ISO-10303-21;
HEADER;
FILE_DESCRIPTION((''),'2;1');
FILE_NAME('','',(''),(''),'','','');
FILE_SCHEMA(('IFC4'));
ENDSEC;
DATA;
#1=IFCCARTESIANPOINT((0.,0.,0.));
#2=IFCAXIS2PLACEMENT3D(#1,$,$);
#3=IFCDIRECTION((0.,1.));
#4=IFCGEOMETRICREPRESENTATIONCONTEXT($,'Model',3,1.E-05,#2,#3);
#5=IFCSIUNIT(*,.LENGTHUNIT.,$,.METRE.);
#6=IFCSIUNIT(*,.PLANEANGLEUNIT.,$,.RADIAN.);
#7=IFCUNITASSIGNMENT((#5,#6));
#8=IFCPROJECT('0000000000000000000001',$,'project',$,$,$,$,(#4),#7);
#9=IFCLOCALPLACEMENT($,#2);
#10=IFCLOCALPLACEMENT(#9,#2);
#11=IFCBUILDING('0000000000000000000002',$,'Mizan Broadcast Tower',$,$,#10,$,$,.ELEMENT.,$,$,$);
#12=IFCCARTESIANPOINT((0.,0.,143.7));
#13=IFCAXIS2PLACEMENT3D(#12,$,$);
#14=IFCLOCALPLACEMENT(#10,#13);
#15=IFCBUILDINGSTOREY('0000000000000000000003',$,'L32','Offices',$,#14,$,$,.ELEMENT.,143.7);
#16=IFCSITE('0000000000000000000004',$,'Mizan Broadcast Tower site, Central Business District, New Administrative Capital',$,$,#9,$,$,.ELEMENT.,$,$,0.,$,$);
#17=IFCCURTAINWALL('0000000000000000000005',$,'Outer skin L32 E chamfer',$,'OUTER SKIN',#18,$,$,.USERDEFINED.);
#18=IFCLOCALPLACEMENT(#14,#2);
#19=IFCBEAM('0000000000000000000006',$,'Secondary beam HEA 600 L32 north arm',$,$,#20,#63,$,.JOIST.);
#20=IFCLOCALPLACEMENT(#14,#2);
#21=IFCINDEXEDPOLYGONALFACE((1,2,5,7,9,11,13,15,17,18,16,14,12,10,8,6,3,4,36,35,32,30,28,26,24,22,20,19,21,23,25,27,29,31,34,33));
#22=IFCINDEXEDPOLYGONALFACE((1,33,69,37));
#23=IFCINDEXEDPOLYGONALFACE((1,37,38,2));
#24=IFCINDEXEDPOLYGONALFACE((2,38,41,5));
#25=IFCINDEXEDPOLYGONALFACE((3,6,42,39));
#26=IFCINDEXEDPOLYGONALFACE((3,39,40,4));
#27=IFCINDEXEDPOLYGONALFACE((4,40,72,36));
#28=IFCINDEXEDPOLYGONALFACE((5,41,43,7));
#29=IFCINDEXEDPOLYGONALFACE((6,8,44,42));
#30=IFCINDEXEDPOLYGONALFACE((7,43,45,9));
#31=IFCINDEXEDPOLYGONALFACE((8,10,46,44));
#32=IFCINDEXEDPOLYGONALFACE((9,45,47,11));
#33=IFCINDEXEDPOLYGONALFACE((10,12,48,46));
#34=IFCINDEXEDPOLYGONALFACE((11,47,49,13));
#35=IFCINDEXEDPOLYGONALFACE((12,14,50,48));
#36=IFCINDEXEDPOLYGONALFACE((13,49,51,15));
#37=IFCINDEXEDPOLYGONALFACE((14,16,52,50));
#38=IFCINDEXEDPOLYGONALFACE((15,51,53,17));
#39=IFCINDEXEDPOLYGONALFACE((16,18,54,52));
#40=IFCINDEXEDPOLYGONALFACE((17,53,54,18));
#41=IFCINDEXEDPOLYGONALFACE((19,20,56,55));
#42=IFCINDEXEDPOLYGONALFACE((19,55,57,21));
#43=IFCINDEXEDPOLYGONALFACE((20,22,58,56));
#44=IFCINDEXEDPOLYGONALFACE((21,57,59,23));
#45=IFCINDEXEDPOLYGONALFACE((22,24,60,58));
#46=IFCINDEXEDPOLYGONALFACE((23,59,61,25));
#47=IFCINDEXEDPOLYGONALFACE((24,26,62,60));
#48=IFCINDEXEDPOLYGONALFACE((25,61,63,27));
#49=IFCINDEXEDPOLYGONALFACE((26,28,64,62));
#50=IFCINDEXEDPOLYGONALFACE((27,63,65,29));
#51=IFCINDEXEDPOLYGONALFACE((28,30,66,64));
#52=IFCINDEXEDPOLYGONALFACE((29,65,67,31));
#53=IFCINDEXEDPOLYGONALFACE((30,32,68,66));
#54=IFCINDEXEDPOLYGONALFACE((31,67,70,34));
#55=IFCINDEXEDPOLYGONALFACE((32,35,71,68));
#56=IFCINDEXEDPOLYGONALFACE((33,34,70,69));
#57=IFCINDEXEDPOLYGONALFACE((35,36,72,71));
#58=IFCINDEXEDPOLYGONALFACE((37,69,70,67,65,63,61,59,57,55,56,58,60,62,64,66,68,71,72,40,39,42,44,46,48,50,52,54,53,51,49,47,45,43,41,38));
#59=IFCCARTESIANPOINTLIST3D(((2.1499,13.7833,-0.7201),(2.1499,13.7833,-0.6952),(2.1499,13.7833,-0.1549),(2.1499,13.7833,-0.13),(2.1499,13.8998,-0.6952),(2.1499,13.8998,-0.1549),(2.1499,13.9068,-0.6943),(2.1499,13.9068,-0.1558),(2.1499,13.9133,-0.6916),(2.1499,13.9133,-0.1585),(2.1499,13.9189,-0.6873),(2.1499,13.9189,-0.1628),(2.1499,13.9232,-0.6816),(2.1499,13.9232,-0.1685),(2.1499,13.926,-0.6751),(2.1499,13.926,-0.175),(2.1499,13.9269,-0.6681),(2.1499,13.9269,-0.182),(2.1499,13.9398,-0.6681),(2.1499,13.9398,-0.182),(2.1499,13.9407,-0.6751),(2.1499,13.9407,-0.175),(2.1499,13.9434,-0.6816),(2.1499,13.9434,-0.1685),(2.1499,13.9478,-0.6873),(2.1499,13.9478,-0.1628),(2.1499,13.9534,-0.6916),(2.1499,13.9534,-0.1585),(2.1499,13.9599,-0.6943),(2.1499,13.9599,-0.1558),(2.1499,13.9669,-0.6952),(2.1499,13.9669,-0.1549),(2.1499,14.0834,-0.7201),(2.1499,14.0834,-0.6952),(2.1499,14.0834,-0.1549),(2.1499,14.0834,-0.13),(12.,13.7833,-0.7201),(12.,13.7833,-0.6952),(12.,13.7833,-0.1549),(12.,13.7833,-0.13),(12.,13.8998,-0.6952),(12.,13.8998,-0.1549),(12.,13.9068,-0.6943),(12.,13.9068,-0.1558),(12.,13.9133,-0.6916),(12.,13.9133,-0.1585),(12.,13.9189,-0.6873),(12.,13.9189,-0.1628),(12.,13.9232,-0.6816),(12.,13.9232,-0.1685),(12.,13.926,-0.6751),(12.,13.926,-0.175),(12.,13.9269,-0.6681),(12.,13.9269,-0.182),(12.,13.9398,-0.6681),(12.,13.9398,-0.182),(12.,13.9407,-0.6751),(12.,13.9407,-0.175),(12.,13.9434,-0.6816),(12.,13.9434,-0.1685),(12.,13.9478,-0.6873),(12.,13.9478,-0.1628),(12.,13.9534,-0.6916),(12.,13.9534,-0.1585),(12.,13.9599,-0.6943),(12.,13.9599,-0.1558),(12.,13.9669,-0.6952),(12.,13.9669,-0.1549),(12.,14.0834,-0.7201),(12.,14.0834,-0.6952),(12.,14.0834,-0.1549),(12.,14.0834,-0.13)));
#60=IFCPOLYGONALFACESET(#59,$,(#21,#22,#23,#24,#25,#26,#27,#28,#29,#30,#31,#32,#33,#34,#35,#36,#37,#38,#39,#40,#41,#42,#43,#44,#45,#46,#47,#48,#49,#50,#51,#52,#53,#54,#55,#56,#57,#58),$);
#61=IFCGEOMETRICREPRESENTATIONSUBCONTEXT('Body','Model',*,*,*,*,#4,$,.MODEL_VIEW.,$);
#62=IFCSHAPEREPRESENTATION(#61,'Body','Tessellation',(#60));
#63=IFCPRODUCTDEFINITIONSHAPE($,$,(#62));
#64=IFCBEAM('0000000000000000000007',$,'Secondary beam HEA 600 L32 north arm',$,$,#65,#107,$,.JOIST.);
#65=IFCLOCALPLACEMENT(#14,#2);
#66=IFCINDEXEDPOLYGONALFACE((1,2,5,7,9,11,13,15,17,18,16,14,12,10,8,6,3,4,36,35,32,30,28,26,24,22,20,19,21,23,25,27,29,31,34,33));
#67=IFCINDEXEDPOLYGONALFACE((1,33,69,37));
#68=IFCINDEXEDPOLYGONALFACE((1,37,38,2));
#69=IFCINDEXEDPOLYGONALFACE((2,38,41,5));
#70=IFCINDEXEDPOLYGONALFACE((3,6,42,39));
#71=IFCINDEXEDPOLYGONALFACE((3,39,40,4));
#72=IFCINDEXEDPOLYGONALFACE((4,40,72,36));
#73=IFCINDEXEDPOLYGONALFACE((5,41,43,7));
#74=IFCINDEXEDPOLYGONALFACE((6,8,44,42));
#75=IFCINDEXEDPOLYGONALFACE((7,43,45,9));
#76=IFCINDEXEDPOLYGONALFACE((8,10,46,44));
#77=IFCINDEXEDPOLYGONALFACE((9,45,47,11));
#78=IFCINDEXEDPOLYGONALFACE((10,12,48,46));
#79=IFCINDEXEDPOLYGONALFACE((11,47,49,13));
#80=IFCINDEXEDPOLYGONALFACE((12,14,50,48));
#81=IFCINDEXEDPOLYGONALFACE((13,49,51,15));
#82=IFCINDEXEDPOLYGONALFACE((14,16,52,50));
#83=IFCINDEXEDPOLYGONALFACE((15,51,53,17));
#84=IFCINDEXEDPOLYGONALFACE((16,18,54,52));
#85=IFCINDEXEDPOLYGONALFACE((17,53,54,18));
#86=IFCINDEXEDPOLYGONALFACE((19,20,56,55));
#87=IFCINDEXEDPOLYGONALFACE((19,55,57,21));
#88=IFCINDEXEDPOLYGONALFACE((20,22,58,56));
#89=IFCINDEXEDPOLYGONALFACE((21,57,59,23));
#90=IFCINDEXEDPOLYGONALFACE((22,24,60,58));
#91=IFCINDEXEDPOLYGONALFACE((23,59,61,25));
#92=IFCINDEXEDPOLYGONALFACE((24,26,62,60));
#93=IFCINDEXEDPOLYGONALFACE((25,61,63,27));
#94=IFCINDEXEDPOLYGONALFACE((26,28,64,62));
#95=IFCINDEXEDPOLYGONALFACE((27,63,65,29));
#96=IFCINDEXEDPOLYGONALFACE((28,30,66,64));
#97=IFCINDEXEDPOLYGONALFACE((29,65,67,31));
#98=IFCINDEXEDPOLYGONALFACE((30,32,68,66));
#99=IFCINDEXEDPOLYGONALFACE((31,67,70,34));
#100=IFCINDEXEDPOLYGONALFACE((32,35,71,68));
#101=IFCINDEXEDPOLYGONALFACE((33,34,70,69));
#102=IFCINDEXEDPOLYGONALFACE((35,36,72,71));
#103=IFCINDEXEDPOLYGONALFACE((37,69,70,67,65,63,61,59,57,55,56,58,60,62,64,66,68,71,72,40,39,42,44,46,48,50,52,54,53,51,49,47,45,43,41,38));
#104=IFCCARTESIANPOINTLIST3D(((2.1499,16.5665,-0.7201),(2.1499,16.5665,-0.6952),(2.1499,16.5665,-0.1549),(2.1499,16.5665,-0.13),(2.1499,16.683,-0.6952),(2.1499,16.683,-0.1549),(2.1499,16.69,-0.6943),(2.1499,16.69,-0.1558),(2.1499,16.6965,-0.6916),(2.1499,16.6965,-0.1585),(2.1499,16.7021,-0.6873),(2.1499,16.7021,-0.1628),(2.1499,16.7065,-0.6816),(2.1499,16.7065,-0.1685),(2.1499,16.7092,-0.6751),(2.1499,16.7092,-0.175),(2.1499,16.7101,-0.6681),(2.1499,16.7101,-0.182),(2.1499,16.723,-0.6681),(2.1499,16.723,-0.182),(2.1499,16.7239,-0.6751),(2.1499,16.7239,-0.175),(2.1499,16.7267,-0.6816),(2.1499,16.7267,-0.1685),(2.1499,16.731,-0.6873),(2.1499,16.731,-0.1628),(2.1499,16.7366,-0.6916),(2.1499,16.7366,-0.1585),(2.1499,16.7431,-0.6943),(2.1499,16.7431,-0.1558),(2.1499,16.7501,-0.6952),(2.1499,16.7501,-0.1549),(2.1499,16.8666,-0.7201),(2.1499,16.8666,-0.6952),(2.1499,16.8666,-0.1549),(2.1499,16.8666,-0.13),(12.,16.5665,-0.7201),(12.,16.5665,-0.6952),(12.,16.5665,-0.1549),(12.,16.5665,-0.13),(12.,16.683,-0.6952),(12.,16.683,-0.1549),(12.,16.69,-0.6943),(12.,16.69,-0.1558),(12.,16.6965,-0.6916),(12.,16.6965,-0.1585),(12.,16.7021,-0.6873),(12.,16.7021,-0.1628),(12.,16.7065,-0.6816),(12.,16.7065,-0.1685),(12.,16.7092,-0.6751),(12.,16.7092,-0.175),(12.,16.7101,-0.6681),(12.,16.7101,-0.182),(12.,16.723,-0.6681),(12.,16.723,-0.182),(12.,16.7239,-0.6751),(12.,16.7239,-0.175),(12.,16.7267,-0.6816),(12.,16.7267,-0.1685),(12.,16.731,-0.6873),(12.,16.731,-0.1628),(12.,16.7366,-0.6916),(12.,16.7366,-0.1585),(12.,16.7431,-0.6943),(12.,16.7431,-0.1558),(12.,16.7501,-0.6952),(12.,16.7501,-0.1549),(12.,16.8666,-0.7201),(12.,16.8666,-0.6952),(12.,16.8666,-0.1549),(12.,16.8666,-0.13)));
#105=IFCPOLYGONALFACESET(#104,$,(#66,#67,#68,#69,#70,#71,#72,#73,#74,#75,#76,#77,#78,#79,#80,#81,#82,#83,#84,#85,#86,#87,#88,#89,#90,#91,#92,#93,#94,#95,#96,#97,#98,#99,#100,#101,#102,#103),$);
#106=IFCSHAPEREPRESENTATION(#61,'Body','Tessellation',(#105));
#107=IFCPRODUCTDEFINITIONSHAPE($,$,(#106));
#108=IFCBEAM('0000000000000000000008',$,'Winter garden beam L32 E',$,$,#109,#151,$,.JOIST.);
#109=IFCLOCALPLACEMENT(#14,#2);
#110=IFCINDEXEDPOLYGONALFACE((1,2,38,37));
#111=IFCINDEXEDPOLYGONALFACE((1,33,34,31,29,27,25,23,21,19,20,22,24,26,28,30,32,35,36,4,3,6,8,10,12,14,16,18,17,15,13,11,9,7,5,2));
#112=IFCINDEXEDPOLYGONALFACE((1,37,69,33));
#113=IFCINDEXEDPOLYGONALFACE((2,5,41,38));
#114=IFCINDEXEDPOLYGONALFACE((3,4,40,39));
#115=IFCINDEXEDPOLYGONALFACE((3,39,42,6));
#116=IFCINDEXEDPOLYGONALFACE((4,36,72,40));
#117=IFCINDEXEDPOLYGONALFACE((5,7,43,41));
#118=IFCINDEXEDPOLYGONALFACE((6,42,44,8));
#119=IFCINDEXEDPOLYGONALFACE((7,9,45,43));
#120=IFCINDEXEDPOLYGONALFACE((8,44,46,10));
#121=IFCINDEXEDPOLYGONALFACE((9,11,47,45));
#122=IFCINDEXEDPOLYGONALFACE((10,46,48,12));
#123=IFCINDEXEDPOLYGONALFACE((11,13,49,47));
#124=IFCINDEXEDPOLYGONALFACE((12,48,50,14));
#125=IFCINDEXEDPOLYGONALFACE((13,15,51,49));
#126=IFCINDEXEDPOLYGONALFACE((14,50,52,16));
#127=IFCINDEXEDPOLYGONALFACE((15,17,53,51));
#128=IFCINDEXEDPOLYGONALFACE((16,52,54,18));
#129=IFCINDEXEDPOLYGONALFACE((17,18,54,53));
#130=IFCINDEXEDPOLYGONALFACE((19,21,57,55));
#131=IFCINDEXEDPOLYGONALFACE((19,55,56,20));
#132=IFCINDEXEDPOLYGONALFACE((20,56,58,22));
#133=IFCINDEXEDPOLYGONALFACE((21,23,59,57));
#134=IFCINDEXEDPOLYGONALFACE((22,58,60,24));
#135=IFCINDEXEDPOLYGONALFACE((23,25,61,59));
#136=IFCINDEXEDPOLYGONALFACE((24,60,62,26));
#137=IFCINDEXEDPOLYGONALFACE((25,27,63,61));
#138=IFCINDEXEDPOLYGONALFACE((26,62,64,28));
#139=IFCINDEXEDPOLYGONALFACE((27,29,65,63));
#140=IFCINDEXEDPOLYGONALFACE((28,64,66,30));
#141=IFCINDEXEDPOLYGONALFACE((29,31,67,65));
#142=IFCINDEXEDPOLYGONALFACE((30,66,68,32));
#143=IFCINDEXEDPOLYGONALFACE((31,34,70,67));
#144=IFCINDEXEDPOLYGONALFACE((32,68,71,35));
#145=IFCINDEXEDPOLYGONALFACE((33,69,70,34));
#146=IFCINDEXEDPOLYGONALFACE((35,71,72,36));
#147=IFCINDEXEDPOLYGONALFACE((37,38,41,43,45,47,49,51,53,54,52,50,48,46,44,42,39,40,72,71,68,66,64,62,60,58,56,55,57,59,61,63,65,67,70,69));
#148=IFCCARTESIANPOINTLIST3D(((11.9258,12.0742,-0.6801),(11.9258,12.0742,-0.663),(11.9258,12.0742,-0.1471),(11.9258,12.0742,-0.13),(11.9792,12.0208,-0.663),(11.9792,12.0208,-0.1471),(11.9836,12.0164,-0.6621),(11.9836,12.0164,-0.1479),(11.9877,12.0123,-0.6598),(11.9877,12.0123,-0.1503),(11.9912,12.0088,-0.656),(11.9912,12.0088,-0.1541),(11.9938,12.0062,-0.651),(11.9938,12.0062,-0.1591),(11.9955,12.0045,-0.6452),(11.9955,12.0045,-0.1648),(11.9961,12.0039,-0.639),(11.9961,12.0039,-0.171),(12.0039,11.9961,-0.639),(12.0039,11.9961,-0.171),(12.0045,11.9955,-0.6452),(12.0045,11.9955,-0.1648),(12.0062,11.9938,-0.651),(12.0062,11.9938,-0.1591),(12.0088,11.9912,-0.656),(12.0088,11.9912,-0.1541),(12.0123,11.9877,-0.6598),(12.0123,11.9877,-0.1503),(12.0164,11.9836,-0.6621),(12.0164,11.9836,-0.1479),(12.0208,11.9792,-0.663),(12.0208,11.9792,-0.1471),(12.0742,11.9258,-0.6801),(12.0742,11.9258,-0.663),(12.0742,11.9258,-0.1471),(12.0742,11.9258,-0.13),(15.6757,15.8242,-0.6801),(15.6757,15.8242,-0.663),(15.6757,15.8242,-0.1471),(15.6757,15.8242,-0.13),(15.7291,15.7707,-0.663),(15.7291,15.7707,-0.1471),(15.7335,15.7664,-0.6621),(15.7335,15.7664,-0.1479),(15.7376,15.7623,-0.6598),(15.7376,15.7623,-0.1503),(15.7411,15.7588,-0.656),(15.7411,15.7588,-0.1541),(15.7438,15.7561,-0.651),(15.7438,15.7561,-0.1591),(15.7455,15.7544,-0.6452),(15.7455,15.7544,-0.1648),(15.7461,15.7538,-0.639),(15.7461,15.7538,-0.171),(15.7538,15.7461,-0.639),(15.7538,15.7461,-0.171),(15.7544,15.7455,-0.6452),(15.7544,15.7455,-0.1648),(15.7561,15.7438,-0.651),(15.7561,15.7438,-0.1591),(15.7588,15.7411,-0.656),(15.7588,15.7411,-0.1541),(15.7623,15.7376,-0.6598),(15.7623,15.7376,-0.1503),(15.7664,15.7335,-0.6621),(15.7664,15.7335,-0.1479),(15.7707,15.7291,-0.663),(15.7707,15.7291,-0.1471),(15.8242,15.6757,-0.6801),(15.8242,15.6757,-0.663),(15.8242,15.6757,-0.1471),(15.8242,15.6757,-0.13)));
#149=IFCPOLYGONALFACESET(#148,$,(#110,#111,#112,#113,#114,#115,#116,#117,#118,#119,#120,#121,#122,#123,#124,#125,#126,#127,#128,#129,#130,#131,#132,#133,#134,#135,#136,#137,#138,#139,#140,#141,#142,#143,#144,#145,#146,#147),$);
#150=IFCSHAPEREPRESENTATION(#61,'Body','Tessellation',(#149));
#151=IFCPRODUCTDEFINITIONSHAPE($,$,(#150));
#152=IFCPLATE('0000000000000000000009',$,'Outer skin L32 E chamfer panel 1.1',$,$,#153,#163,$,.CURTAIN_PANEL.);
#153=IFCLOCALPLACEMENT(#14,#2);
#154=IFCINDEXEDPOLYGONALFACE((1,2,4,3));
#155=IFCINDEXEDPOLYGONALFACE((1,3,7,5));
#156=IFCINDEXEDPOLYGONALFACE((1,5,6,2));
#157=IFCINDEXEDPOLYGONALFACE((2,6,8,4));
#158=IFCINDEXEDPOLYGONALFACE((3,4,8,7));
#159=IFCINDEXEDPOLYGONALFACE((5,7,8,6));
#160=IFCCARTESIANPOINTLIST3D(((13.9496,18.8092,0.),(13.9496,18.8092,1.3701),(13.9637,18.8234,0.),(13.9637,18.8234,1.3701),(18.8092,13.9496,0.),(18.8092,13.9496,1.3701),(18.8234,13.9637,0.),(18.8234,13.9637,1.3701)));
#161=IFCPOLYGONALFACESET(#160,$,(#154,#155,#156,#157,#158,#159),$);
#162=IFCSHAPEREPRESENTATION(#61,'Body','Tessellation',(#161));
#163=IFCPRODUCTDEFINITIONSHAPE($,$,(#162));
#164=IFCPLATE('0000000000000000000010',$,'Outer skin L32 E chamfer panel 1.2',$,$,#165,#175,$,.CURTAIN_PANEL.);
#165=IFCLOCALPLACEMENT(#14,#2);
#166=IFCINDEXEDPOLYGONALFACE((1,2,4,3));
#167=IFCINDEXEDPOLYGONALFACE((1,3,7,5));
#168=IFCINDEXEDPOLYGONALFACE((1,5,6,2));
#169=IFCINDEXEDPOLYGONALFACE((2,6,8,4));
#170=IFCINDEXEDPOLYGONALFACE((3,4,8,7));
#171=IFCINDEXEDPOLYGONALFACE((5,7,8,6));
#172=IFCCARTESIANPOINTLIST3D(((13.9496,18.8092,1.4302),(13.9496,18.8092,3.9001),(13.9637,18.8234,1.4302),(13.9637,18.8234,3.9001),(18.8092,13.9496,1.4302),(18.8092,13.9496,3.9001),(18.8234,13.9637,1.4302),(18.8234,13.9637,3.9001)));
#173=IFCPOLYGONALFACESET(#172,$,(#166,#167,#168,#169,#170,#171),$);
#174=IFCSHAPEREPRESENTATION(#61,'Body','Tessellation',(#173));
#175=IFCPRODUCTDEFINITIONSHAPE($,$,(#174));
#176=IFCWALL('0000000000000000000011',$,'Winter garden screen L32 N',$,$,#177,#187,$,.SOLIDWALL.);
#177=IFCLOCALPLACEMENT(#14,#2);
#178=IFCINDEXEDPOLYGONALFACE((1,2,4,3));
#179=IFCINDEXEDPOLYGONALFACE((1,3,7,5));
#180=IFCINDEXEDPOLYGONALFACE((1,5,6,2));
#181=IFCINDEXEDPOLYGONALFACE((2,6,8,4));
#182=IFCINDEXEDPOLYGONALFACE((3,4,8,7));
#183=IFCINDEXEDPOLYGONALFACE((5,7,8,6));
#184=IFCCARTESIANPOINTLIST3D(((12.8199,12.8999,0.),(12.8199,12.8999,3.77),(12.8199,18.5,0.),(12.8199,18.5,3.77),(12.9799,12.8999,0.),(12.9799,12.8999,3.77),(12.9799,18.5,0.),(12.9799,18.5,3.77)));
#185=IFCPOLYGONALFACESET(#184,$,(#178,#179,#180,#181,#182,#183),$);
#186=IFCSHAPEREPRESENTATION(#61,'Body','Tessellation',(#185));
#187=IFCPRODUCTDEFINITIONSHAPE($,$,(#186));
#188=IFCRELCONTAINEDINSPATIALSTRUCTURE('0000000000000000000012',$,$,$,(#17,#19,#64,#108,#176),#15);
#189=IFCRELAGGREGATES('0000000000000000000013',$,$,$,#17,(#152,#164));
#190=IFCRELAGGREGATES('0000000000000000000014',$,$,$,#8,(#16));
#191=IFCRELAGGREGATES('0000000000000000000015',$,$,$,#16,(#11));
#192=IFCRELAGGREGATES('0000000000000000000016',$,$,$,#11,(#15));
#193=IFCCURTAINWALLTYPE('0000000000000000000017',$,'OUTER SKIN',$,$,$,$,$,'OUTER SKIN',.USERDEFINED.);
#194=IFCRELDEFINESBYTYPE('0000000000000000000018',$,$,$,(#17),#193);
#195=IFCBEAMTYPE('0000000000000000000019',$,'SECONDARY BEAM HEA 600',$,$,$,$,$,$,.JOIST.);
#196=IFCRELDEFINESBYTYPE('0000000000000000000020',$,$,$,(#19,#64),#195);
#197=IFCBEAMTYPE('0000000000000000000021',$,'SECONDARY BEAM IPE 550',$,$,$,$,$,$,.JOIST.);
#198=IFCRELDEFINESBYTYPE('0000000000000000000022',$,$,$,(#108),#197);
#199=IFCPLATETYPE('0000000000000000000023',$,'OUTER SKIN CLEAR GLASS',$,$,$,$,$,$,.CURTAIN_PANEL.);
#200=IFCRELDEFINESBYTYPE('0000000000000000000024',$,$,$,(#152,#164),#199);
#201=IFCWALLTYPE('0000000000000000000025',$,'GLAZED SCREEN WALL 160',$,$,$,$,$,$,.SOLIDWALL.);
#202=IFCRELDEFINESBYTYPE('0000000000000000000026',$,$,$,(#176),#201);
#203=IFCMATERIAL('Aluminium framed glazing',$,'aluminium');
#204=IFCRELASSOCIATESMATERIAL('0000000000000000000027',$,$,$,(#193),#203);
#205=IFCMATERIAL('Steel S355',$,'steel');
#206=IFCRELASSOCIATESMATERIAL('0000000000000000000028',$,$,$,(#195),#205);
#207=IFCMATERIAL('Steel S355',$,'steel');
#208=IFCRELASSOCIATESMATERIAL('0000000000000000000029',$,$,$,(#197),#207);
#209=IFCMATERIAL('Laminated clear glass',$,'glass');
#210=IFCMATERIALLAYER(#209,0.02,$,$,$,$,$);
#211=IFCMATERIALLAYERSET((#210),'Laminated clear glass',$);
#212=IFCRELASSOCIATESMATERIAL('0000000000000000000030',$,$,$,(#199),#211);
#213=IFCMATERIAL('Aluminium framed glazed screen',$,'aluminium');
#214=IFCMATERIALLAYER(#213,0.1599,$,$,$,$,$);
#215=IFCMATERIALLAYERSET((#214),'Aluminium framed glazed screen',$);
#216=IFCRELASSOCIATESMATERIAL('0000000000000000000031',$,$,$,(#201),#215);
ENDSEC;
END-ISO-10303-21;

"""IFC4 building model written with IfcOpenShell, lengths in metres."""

from ifc_helpers import new_model, si_unit, direction, frame, frame_2d, origin, origin_2d, place, context, subcontext, project, spatial, rectangle, i_section, extrude, material, layer, layer_set, material_profile, profile_set, type_object, element, aggregate, save


model = new_model("IFC4")

# Units and contexts
model_context = context("Model", 3, precision=1e-05, world=origin(), true_north=direction((0.0, 1.0)))
body_context = subcontext(model_context, "Body", "Model", "MODEL_VIEW")
ifc_project = project(units=[si_unit("LENGTHUNIT", "METRE"), si_unit("PLANEANGLEUNIT", "RADIAN")], contexts=[model_context])

# Site, building, storey
site_placement = place(None, origin())
site = spatial("IfcSite", under=ifc_project, at=site_placement, Name="Mizan Broadcast Tower site, Central Business District, New Administrative Capital", CompositionType="ELEMENT", RefElevation=0.0)
building_placement = place(site_placement, origin())
building = spatial("IfcBuilding", under=site, at=building_placement, Name="Mizan Broadcast Tower", CompositionType="ELEMENT")
storey_placement = place(building_placement, frame((0.0, 0.0, 143.7)))
storey = spatial("IfcBuildingStorey", under=building, at=storey_placement, Name="L32", Description="Offices", CompositionType="ELEMENT", Elevation=143.7)

# Curtain wall
ifc_material_1 = material(Name="Aluminium framed glazing", Category="aluminium")
curtain_wall_type_1 = type_object("IfcCurtainWallType", Name="OUTER SKIN", ElementType="OUTER SKIN", PredefinedType="USERDEFINED", material=ifc_material_1)
curtain_wall_1_placement = place(storey_placement, origin())
curtain_wall_1 = element("IfcCurtainWall", 1, at=curtain_wall_1_placement, inside=storey, type_object=curtain_wall_type_1, Name="Outer skin L32 E chamfer", ObjectType="OUTER SKIN", PredefinedType="USERDEFINED")

# Beams
ifc_material_2 = material(Name="Steel S355", Category="steel")
ifc_material_profile_1 = material_profile(ifc_material_2, i_section(OverallWidth=0.3, OverallDepth=0.5901, WebThickness=0.0129, FlangeThickness=0.0249, FilletRadius=0.0271, at=origin_2d()), Name="HEA 600")
ifc_profile_set_1 = profile_set([ifc_material_profile_1], Name="Steel S355")
beam_type_1 = type_object("IfcBeamType", Name="SECONDARY BEAM HEA 600", PredefinedType="JOIST", material=ifc_profile_set_1)
for number, where, z_axis, x_axis, name in (
    (2, (12.0, 13.9333, -0.425), (-1.0, 0.0, 0.0), (0.0, -1.0, 0.0), "Secondary beam HEA 600 L32 north arm"),
    (3, (12.0, 16.7166, -0.425), (-1.0, 0.0, 0.0), (0.0, -1.0, 0.0), "Secondary beam HEA 600 L32 north arm"),
):
    element("IfcBeam", number, at=place(storey_placement, frame(where, z_axis=z_axis, x_axis=x_axis)), inside=storey, type_object=beam_type_1, Name=name, PredefinedType="JOIST", context=body_context, shape_type="SweptSolid", body=[
        extrude(i_section(OverallWidth=0.3, OverallDepth=0.5901, WebThickness=0.0129, FlangeThickness=0.0249, FilletRadius=0.0271, at=origin_2d()), origin(), (0.0, 0.0, 1.0), 9.8501),
    ])
ifc_material_3 = material(Name="Steel S355", Category="steel")
ifc_material_profile_2 = material_profile(ifc_material_3, i_section(OverallWidth=0.21, OverallDepth=0.55, WebThickness=0.011, FlangeThickness=0.0171, FilletRadius=0.0239, at=origin_2d()), Name="IPE 550")
ifc_profile_set_2 = profile_set([ifc_material_profile_2], Name="Steel S355")
beam_type_2 = type_object("IfcBeamType", Name="SECONDARY BEAM IPE 550", PredefinedType="JOIST", material=ifc_profile_set_2)
beam_1_placement = place(storey_placement, frame((12.0, 12.0, -0.405), z_axis=(0.707107, 0.707107, 0.0), x_axis=(-0.707107, 0.707107, 0.0)))
element("IfcBeam", 4, at=beam_1_placement, inside=storey, type_object=beam_type_2, Name="Winter garden beam L32 E", PredefinedType="JOIST", context=body_context, shape_type="SweptSolid", body=[
    extrude(i_section(OverallWidth=0.21, OverallDepth=0.55, WebThickness=0.011, FlangeThickness=0.0171, FilletRadius=0.0239, at=origin_2d()), origin(), (0.0, 0.0, 1.0), 5.3032),
])

# Plates
ifc_material_4 = material(Name="Laminated clear glass", Category="glass")
ifc_layer_1 = layer(ifc_material_4, 0.02)
ifc_layer_set_1 = layer_set([ifc_layer_1], Name="Laminated clear glass")
plate_type = type_object("IfcPlateType", Name="OUTER SKIN CLEAR GLASS", PredefinedType="CURTAIN_PANEL", material=ifc_layer_set_1)
plate_1_placement = place(storey_placement, frame((16.3865, 16.3865, 0.0), z_axis=(0.0, 0.0, 1.0), x_axis=(-0.707107, 0.707107, 0.0)))
plate_1 = element("IfcPlate", 5, at=plate_1_placement, type_object=plate_type, Name="Outer skin L32 E chamfer panel 1.1", PredefinedType="CURTAIN_PANEL", context=body_context, shape_type="SweptSolid", body=[
    extrude(rectangle(XDim=6.8726, YDim=0.02, at=origin_2d()), origin(), (0.0, 0.0, 1.0), 1.3701),
])
plate_2_placement = place(storey_placement, frame((16.3865, 16.3865, 1.4302), z_axis=(0.0, 0.0, 1.0), x_axis=(-0.707107, 0.707107, 0.0)))
plate_2 = element("IfcPlate", 6, at=plate_2_placement, type_object=plate_type, Name="Outer skin L32 E chamfer panel 1.2", PredefinedType="CURTAIN_PANEL", context=body_context, shape_type="SweptSolid", body=[
    extrude(rectangle(XDim=6.8726, YDim=0.02, at=origin_2d()), origin(), (0.0, 0.0, 1.0), 2.47),
])
aggregate(curtain_wall_1, [plate_1, plate_2])

# Wall
ifc_material_5 = material(Name="Aluminium framed glazed screen", Category="aluminium")
ifc_layer_2 = layer(ifc_material_5, 0.1599)
ifc_layer_set_2 = layer_set([ifc_layer_2], Name="Aluminium framed glazed screen")
wall_type_1 = type_object("IfcWallType", Name="GLAZED SCREEN WALL 160", PredefinedType="SOLIDWALL", material=ifc_layer_set_2)
wall_1_placement = place(storey_placement, frame((12.8999, 12.8999, 0.0), z_axis=(0.0, 0.0, 1.0), x_axis=(0.0, 1.0, 0.0)))
element("IfcWall", 7, at=wall_1_placement, inside=storey, type_object=wall_type_1, Name="Winter garden screen L32 N", PredefinedType="SOLIDWALL", context=body_context, shape_type="SweptSolid", body=[
    extrude(rectangle(XDim=5.6001, YDim=0.1599, at=frame_2d((2.8, 0.0))), origin(), (0.0, 0.0, 1.0), 3.77),
])

save(model, "model.ifc")
